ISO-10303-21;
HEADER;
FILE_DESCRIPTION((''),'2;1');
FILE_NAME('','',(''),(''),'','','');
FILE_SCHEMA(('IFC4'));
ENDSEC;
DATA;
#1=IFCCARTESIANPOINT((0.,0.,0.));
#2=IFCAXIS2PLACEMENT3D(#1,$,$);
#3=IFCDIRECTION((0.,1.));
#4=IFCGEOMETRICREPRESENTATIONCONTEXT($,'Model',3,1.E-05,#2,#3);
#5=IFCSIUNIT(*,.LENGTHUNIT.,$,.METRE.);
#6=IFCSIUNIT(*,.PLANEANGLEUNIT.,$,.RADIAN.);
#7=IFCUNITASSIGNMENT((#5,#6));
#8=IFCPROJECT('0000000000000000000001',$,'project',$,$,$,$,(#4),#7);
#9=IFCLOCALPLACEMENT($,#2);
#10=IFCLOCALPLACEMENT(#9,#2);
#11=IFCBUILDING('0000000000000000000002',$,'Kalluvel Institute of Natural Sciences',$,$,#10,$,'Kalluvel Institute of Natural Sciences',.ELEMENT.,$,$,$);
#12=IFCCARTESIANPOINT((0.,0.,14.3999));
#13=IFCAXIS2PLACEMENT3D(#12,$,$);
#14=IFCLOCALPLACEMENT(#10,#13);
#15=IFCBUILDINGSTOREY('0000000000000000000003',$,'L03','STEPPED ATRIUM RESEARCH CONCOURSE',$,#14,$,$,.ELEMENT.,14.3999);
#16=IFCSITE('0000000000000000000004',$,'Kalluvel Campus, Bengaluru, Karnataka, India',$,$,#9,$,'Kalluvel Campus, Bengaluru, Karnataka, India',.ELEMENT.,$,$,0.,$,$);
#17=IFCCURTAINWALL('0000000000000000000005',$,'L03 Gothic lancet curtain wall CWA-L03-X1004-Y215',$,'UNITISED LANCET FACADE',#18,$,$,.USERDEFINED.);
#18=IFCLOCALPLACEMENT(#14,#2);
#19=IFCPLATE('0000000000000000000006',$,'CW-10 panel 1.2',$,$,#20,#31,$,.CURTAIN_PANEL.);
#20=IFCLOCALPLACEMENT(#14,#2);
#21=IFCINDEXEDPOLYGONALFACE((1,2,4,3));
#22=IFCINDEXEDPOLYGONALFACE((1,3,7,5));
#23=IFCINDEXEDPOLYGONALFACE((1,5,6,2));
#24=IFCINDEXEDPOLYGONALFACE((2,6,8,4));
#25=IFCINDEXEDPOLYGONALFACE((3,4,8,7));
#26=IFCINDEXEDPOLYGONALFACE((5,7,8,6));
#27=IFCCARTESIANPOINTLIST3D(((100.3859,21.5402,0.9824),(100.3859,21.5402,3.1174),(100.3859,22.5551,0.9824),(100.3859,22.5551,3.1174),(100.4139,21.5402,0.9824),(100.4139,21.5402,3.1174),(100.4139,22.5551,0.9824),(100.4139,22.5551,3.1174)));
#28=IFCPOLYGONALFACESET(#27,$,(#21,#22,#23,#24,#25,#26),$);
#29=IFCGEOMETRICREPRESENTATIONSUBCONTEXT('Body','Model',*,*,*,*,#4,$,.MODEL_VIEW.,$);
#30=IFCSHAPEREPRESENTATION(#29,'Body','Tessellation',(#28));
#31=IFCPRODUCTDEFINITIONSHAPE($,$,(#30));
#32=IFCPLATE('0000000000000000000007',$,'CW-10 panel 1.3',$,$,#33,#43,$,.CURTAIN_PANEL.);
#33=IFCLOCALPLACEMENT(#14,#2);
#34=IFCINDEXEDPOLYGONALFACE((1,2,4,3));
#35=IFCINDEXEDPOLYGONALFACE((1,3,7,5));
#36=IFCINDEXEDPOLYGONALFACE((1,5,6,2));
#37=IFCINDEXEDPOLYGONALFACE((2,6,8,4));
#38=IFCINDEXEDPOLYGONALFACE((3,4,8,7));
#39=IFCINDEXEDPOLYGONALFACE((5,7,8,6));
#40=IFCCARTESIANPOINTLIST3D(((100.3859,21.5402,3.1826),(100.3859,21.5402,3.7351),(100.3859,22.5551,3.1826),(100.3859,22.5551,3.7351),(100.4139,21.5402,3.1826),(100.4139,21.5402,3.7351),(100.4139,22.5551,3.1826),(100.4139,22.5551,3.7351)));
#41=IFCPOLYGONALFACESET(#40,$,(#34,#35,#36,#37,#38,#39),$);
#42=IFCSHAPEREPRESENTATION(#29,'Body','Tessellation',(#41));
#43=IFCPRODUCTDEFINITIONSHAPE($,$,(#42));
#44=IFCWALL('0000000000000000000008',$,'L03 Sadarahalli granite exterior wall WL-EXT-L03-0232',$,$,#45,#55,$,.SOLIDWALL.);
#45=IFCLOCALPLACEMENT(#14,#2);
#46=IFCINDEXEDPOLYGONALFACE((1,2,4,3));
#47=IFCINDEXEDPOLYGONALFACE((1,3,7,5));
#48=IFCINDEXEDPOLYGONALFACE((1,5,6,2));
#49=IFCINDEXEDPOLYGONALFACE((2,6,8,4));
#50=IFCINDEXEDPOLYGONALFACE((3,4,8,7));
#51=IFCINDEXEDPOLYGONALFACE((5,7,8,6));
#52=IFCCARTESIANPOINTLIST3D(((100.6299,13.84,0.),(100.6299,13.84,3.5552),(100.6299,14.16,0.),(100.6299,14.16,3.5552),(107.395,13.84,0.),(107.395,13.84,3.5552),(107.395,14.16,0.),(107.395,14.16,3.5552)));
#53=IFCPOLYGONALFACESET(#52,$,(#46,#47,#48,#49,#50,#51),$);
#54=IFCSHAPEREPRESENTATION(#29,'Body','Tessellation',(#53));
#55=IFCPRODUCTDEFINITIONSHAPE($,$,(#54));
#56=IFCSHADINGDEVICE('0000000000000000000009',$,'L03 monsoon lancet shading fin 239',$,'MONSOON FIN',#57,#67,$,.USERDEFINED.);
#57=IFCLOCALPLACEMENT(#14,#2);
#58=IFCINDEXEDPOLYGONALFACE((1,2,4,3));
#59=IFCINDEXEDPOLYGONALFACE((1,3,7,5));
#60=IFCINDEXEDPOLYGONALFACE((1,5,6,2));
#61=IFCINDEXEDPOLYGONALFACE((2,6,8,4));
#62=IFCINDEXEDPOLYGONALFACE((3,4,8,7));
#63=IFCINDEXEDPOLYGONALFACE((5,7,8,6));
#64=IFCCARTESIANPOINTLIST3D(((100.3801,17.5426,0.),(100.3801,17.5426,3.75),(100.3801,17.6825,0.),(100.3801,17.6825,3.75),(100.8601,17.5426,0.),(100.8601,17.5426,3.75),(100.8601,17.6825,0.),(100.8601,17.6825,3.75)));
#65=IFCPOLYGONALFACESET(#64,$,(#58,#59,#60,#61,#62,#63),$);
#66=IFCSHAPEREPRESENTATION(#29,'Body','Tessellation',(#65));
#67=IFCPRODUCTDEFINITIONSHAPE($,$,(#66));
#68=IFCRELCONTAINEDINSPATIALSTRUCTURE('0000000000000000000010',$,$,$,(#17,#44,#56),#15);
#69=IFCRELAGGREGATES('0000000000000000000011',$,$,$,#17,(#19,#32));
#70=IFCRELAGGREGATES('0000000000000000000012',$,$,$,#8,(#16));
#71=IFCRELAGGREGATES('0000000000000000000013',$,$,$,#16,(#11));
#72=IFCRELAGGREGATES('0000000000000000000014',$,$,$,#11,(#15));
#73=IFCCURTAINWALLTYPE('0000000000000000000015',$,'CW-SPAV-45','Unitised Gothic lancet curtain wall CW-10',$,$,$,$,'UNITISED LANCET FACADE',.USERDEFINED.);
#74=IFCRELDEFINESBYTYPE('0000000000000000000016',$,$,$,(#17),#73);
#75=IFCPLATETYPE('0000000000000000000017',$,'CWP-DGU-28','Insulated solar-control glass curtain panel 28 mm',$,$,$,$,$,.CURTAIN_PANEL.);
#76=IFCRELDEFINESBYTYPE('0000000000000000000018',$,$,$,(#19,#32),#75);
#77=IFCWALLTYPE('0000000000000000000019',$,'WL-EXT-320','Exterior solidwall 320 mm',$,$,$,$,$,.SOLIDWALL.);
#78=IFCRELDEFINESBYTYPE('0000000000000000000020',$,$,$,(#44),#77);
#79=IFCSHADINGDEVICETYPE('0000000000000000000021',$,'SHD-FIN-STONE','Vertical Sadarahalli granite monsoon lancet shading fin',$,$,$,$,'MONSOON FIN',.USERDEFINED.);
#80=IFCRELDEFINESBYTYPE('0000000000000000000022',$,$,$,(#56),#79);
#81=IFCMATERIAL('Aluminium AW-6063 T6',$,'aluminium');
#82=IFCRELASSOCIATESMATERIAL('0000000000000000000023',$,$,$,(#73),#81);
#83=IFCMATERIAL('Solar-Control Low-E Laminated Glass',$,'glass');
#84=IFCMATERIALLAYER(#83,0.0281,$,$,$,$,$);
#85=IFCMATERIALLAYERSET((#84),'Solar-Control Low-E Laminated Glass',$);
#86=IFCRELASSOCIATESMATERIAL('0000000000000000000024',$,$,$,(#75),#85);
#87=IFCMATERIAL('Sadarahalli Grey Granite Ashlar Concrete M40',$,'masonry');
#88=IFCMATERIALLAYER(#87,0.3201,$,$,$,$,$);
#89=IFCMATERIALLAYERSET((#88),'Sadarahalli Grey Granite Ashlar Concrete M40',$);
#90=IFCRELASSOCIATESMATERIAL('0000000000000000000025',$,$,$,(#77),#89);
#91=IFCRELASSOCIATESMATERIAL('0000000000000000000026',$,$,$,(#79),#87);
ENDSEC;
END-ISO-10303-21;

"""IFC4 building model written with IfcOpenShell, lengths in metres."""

from ifc_helpers import new_model, si_unit, direction, frame, frame_2d, origin, origin_2d, place, context, subcontext, project, spatial, rectangle, extrude, material, layer, layer_set, type_object, element, aggregate, save


model = new_model("IFC4")

# Units and contexts
model_context = context("Model", 3, precision=1e-05, world=origin(), true_north=direction((0.0, 1.0)))
body_context = subcontext(model_context, "Body", "Model", "MODEL_VIEW")
ifc_project = project(units=[si_unit("LENGTHUNIT", "METRE"), si_unit("PLANEANGLEUNIT", "RADIAN")], contexts=[model_context])

# Site, building, storey
site_placement = place(None, origin())
site = spatial("IfcSite", under=ifc_project, at=site_placement, Name="Kalluvel Campus, Bengaluru, Karnataka, India", LongName="Kalluvel Campus, Bengaluru, Karnataka, India", CompositionType="ELEMENT", RefElevation=0.0)
building_placement = place(site_placement, origin())
building = spatial("IfcBuilding", under=site, at=building_placement, Name="Kalluvel Institute of Natural Sciences", LongName="Kalluvel Institute of Natural Sciences", CompositionType="ELEMENT")
storey_placement = place(building_placement, frame((0.0, 0.0, 14.3999)))
storey = spatial("IfcBuildingStorey", under=building, at=storey_placement, Name="L03", Description="STEPPED ATRIUM RESEARCH CONCOURSE", CompositionType="ELEMENT", Elevation=14.3999)

# Shared definitions
ifc_material_1 = material(Name="Aluminium AW-6063 T6", Category="aluminium")
curtain_wall_type = type_object("IfcCurtainWallType", Name="CW-SPAV-45", Description="Unitised Gothic lancet curtain wall CW-10", ElementType="UNITISED LANCET FACADE", PredefinedType="USERDEFINED", material=ifc_material_1)

# Curtain wall
curtain_wall_1_placement = place(storey_placement, origin())
curtain_wall_1 = element("IfcCurtainWall", 1, at=curtain_wall_1_placement, inside=storey, type_object=curtain_wall_type, Name="L03 Gothic lancet curtain wall CWA-L03-X1004-Y215", ObjectType="UNITISED LANCET FACADE", PredefinedType="USERDEFINED")

# Plates
ifc_material_2 = material(Name="Solar-Control Low-E Laminated Glass", Category="glass")
ifc_layer_1 = layer(ifc_material_2, 0.0281)
ifc_layer_set_1 = layer_set([ifc_layer_1], Name="Solar-Control Low-E Laminated Glass")
plate_type = type_object("IfcPlateType", Name="CWP-DGU-28", Description="Insulated solar-control glass curtain panel 28 mm", PredefinedType="CURTAIN_PANEL", material=ifc_layer_set_1)
plate_1_placement = place(storey_placement, frame((100.3999, 22.0476, 0.9824), z_axis=(0.0, 0.0, 1.0), x_axis=(0.0, 1.0, 0.0)))
plate_1 = element("IfcPlate", 2, at=plate_1_placement, type_object=plate_type, Name="CW-10 panel 1.2", PredefinedType="CURTAIN_PANEL", context=body_context, shape_type="SweptSolid", body=[
    extrude(rectangle(XDim=1.0149, YDim=0.0281, at=origin_2d()), origin(), (0.0, 0.0, 1.0), 2.135),
])
plate_2_placement = place(storey_placement, frame((100.3999, 22.0476, 3.1826), z_axis=(0.0, 0.0, 1.0), x_axis=(0.0, 1.0, 0.0)))
plate_2 = element("IfcPlate", 3, at=plate_2_placement, type_object=plate_type, Name="CW-10 panel 1.3", PredefinedType="CURTAIN_PANEL", context=body_context, shape_type="SweptSolid", body=[
    extrude(rectangle(XDim=1.0149, YDim=0.0281, at=origin_2d()), origin(), (0.0, 0.0, 1.0), 0.5525),
])
aggregate(curtain_wall_1, [plate_1, plate_2])

# Wall
ifc_material_3 = material(Name="Sadarahalli Grey Granite Ashlar Concrete M40", Category="masonry")
ifc_layer_2 = layer(ifc_material_3, 0.3201)
ifc_layer_set_2 = layer_set([ifc_layer_2], Name="Sadarahalli Grey Granite Ashlar Concrete M40")
wall_type = type_object("IfcWallType", Name="WL-EXT-320", Description="Exterior solidwall 320 mm", PredefinedType="SOLIDWALL", material=ifc_layer_set_2)
wall_placement = place(storey_placement, frame((100.6299, 14.0, 0.0), z_axis=(0.0, 0.0, 1.0), x_axis=(1.0, 0.0, 0.0)))
element("IfcWall", 4, at=wall_placement, inside=storey, type_object=wall_type, Name="L03 Sadarahalli granite exterior wall WL-EXT-L03-0232", PredefinedType="SOLIDWALL", context=body_context, shape_type="SweptSolid", body=[
    extrude(rectangle(XDim=6.7651, YDim=0.3201, at=frame_2d((3.3826, 0.0))), origin(), (0.0, 0.0, 1.0), 3.5552),
])

# Shading device
shading_device_type = type_object("IfcShadingDeviceType", Name="SHD-FIN-STONE", Description="Vertical Sadarahalli granite monsoon lancet shading fin", ElementType="MONSOON FIN", PredefinedType="USERDEFINED", material=ifc_material_3)
shading_device_placement = place(storey_placement, frame((100.6201, 17.6125, 0.0), z_axis=(0.0, 0.0, 1.0), x_axis=(0.0, 1.0, 0.0)))
element("IfcShadingDevice", 5, at=shading_device_placement, inside=storey, type_object=shading_device_type, Name="L03 monsoon lancet shading fin 239", ObjectType="MONSOON FIN", PredefinedType="USERDEFINED", context=body_context, shape_type="SweptSolid", body=[
    extrude(rectangle(XDim=0.1399, YDim=0.48, at=origin_2d()), origin(), (0.0, 0.0, 1.0), 3.75),
])

save(model, "model.ifc")
